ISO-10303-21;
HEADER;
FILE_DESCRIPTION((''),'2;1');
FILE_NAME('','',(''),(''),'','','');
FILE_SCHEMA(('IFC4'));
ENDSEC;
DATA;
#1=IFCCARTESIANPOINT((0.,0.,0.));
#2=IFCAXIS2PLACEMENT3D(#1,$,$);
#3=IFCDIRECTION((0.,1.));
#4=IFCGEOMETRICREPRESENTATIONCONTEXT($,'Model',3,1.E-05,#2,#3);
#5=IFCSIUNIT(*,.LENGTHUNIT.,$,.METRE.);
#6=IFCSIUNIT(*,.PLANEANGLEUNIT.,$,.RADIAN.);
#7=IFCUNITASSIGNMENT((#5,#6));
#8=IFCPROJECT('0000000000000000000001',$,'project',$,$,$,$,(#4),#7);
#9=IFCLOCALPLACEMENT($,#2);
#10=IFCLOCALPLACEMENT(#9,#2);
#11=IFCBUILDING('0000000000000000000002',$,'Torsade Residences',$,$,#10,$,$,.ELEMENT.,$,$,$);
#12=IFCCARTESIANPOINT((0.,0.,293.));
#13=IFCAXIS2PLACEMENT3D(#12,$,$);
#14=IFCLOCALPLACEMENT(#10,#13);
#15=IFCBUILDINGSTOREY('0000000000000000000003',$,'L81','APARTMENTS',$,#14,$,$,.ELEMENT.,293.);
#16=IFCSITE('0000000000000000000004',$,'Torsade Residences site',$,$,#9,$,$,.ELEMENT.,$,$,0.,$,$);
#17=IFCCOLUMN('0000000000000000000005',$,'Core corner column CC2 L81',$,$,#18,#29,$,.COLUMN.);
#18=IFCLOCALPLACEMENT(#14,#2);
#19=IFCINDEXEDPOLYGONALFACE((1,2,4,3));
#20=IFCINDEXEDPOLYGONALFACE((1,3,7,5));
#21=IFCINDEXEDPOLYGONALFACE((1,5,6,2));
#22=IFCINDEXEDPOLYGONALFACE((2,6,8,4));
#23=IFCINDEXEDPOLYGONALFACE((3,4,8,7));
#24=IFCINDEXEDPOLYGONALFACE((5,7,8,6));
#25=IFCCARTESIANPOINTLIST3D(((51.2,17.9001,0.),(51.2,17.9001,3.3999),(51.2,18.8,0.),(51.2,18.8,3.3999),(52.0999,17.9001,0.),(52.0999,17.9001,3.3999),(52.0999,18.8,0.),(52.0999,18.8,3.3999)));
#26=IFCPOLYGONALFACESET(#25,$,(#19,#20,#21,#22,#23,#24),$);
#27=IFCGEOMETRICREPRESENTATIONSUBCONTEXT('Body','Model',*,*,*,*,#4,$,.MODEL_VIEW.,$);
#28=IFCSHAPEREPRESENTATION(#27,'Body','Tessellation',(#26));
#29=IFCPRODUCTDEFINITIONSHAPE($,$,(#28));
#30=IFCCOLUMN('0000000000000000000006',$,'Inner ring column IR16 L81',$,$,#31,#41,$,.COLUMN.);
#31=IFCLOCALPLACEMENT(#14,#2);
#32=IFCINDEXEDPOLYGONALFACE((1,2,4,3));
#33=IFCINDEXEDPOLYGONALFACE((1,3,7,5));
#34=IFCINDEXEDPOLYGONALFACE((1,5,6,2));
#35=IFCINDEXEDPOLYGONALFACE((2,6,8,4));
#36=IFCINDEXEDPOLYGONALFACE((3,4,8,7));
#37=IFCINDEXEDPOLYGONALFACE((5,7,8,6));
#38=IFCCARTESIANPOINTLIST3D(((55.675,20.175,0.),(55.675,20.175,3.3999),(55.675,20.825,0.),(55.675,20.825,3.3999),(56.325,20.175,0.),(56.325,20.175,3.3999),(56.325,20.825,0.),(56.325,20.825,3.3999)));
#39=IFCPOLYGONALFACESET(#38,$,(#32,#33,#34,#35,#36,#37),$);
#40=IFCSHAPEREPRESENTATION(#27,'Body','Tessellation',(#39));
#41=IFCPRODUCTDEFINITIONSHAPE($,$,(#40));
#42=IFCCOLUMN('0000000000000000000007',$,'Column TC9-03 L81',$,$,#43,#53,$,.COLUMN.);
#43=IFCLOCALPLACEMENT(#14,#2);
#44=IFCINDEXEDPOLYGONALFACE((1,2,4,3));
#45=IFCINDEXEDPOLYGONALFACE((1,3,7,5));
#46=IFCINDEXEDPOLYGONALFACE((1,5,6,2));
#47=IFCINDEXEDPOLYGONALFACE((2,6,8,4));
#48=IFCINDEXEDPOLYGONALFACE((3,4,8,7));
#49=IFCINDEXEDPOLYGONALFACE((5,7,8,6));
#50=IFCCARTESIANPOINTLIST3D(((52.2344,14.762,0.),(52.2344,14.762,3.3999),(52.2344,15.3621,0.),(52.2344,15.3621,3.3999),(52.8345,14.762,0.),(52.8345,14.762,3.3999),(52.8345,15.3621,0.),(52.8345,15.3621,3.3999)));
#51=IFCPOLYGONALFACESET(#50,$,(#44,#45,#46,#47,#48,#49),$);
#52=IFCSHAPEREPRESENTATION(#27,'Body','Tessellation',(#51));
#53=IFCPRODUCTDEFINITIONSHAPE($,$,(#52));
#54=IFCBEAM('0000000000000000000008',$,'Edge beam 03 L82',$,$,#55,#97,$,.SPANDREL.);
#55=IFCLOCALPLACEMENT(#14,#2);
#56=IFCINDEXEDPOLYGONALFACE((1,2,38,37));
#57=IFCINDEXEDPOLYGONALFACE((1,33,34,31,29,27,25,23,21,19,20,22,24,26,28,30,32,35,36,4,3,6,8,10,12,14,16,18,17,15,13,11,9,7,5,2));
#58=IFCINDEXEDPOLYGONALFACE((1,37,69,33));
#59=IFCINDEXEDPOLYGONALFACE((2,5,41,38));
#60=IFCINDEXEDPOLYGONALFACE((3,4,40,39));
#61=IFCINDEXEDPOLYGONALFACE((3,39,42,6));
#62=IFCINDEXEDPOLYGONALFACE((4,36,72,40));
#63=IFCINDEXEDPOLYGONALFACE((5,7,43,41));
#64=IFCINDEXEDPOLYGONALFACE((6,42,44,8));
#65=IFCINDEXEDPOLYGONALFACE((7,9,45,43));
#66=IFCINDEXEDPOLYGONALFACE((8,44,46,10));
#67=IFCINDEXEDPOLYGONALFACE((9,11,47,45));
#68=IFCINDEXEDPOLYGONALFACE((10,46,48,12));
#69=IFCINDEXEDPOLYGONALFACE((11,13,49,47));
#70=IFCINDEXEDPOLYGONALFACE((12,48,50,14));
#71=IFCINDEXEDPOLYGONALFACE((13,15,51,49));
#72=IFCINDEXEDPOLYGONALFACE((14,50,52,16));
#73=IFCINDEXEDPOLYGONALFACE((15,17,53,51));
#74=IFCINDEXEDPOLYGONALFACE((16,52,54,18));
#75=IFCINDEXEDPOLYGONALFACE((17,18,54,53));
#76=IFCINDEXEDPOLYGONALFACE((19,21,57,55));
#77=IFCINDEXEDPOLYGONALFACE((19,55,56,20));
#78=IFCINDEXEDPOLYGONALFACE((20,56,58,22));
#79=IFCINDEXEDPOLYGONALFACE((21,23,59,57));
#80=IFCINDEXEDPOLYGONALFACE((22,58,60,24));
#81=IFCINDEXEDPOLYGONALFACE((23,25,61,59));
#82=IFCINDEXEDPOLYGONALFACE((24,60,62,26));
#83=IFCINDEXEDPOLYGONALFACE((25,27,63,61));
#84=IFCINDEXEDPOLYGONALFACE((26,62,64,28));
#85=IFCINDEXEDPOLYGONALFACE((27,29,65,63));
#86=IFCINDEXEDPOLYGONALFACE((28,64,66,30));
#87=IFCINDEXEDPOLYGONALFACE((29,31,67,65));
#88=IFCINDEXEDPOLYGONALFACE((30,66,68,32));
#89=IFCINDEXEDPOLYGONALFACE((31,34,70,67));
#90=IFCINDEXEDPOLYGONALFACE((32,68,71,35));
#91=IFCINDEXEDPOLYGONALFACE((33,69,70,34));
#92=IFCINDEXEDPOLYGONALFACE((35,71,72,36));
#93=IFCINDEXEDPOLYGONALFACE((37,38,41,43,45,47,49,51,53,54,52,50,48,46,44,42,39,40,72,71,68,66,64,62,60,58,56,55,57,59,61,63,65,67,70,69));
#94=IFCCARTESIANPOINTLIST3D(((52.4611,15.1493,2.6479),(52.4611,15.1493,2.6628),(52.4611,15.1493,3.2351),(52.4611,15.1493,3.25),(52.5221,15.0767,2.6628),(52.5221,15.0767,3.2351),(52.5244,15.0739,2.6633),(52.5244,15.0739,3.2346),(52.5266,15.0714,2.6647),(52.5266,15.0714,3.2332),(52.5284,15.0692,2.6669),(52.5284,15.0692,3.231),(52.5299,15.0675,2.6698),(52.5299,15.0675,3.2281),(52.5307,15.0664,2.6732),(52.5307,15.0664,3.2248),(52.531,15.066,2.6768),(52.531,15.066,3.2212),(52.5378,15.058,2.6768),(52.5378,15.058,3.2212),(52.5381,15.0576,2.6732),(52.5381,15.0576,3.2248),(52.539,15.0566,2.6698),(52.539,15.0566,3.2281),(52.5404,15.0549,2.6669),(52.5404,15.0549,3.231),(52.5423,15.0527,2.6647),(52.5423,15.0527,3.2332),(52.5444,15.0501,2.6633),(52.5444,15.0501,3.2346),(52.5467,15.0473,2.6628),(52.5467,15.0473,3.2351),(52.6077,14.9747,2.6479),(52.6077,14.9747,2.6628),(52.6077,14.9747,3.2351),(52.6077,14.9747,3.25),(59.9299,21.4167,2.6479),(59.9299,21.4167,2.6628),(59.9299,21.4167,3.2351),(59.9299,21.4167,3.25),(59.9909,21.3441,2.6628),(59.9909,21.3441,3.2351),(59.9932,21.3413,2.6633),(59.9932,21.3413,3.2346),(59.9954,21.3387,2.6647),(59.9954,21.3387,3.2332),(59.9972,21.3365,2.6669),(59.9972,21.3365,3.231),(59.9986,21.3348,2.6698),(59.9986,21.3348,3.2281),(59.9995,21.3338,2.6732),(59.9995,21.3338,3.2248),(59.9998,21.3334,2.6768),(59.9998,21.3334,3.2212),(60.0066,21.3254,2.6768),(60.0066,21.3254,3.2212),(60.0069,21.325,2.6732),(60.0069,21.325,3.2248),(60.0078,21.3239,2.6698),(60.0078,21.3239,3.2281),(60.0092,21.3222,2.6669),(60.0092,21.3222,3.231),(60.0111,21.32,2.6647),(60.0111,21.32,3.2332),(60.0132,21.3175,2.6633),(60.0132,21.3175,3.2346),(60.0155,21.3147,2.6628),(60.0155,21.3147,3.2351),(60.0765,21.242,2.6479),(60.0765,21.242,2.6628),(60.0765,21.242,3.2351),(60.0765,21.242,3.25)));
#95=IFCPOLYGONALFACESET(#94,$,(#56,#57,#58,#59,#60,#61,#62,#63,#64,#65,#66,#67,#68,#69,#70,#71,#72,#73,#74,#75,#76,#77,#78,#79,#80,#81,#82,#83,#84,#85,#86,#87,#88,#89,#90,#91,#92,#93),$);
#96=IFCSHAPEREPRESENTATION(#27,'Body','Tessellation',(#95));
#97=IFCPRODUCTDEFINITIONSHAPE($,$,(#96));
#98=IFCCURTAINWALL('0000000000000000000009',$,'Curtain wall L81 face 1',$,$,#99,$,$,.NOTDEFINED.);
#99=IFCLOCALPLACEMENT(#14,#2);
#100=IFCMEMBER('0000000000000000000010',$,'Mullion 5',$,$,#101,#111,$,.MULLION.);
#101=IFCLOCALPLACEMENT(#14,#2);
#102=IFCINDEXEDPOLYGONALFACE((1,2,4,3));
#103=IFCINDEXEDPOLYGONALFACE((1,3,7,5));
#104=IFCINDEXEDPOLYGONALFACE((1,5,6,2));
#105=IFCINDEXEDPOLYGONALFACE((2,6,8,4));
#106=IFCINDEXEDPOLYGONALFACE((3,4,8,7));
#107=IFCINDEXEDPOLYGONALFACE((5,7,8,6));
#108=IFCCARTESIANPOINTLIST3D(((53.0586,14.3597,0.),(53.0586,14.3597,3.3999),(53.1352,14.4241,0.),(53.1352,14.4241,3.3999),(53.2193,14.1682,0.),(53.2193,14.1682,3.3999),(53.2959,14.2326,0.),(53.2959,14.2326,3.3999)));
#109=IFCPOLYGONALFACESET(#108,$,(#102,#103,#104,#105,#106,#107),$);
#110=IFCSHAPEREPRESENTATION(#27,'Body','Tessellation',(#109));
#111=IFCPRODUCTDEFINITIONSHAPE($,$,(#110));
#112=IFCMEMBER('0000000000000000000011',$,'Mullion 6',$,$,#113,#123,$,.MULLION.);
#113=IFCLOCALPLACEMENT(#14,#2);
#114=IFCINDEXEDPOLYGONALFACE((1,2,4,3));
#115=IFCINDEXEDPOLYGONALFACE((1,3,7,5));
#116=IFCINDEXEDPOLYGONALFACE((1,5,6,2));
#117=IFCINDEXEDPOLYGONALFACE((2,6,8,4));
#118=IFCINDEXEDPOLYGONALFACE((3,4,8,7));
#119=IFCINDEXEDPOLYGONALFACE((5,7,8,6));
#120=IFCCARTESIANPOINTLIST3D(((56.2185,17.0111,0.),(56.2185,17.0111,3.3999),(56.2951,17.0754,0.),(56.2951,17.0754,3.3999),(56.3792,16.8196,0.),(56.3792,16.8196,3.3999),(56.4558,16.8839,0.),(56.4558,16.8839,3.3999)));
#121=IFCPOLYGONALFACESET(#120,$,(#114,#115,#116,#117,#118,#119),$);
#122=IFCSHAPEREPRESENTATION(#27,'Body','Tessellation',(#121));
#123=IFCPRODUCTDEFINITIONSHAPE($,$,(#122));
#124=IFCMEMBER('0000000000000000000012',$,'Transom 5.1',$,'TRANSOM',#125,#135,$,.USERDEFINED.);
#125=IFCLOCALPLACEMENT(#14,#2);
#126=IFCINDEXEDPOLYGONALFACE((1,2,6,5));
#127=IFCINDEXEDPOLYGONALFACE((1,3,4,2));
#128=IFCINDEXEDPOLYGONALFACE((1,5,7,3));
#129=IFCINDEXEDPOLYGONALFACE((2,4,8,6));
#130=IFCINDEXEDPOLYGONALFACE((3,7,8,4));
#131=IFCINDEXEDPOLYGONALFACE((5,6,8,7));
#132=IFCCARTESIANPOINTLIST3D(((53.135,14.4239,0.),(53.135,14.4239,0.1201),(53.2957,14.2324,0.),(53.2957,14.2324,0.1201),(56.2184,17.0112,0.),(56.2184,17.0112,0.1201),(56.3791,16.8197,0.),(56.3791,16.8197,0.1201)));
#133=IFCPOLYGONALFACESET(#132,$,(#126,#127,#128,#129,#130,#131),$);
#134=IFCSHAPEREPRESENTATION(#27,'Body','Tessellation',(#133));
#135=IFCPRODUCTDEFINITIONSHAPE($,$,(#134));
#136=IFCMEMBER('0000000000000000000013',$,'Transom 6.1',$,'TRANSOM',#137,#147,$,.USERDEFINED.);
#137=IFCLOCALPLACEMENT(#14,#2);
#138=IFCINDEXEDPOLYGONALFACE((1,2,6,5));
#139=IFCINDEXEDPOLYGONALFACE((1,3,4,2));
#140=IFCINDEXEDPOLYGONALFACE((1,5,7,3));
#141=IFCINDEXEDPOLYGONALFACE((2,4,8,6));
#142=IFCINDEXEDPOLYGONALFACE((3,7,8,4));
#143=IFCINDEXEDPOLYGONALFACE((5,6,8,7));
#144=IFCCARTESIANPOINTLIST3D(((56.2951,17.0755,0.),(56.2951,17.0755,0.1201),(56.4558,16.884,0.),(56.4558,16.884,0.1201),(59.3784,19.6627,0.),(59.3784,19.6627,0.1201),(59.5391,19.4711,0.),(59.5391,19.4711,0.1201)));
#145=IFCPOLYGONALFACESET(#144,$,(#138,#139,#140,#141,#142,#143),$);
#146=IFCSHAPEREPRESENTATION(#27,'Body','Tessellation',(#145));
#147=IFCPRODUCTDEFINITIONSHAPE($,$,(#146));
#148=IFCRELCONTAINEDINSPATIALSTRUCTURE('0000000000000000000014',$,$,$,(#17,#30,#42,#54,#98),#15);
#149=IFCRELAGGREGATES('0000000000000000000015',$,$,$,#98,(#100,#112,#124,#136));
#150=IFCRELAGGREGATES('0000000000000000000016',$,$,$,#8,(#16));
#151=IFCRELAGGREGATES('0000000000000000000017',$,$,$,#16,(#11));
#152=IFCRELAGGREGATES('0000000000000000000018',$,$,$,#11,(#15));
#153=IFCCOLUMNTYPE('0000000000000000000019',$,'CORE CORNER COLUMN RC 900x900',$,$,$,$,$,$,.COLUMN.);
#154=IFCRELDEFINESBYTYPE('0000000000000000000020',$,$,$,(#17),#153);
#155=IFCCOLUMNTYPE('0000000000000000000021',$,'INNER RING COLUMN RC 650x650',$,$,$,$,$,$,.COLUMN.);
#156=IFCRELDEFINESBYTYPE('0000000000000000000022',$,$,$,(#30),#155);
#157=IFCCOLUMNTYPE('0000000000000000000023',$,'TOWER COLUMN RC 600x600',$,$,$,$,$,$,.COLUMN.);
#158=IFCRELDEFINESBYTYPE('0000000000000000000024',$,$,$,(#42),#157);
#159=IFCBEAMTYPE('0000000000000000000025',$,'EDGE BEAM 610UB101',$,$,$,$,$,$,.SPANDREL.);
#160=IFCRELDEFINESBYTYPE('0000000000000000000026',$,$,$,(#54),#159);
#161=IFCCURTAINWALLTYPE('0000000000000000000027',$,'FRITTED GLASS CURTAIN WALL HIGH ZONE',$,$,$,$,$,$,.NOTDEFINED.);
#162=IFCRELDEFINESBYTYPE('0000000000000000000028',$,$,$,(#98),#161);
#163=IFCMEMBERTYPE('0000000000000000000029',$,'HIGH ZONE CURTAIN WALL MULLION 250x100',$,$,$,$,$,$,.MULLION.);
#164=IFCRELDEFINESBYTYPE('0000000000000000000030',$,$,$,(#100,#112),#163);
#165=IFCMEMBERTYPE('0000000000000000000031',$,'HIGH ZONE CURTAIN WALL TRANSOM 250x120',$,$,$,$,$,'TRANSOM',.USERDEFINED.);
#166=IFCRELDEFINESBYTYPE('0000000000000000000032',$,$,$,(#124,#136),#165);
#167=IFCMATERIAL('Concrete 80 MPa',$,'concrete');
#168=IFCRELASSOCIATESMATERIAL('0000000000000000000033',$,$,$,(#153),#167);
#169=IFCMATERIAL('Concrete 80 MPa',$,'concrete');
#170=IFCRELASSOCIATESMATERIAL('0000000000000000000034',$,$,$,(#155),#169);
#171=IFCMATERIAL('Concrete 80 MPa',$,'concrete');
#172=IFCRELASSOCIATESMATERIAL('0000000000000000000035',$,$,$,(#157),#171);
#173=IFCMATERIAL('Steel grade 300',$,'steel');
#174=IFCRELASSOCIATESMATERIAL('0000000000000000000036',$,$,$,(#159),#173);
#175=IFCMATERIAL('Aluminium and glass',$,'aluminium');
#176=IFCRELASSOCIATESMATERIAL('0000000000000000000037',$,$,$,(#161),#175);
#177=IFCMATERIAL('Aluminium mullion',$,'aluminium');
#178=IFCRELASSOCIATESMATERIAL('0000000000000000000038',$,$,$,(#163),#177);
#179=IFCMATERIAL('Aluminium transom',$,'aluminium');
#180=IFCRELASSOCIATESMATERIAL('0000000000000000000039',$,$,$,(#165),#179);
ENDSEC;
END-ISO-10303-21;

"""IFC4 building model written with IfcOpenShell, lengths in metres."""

from ifc_helpers import new_model, si_unit, direction, frame, origin, origin_2d, place, context, subcontext, project, spatial, rectangle, i_section, extrude, material, material_profile, profile_set, type_object, element, aggregate, save


model = new_model("IFC4")

# Units and contexts
model_context = context("Model", 3, precision=1e-05, world=origin(), true_north=direction((0.0, 1.0)))
body_context = subcontext(model_context, "Body", "Model", "MODEL_VIEW")
ifc_project = project(units=[si_unit("LENGTHUNIT", "METRE"), si_unit("PLANEANGLEUNIT", "RADIAN")], contexts=[model_context])

# Site, building, storey
site_placement = place(None, origin())
site = spatial("IfcSite", under=ifc_project, at=site_placement, Name="Torsade Residences site", CompositionType="ELEMENT", RefElevation=0.0)
building_placement = place(site_placement, origin())
building = spatial("IfcBuilding", under=site, at=building_placement, Name="Torsade Residences", CompositionType="ELEMENT")
storey_placement = place(building_placement, frame((0.0, 0.0, 293.0)))
storey = spatial("IfcBuildingStorey", under=building, at=storey_placement, Name="L81", Description="APARTMENTS", CompositionType="ELEMENT", Elevation=293.0)

# Columns
ifc_material_1 = material(Name="Concrete 80 MPa", Category="concrete")
ifc_material_profile_1 = material_profile(ifc_material_1, rectangle(XDim=0.8999, YDim=0.8999, at=origin_2d()), Name="RC 900x900")
ifc_profile_set_1 = profile_set([ifc_material_profile_1], Name="Concrete 80 MPa")
column_type_1 = type_object("IfcColumnType", Name="CORE CORNER COLUMN RC 900x900", PredefinedType="COLUMN", material=ifc_profile_set_1)
column_1_placement = place(storey_placement, frame((51.6499, 18.3501, 0.0), z_axis=(0.0, 0.0, 1.0), x_axis=(1.0, 0.0, 0.0)))
element("IfcColumn", 1, at=column_1_placement, inside=storey, type_object=column_type_1, Name="Core corner column CC2 L81", PredefinedType="COLUMN", context=body_context, shape_type="SweptSolid", body=[
    extrude(rectangle(XDim=0.8999, YDim=0.8999, at=origin_2d()), origin(), (0.0, 0.0, 1.0), 3.3999),
])
ifc_material_2 = material(Name="Concrete 80 MPa", Category="concrete")
ifc_material_profile_2 = material_profile(ifc_material_2, rectangle(XDim=0.6499, YDim=0.6499, at=origin_2d()), Name="RC 650x650")
ifc_profile_set_2 = profile_set([ifc_material_profile_2], Name="Concrete 80 MPa")
column_type_2 = type_object("IfcColumnType", Name="INNER RING COLUMN RC 650x650", PredefinedType="COLUMN", material=ifc_profile_set_2)
column_2_placement = place(storey_placement, frame((56.0, 20.5, 0.0), z_axis=(0.0, 0.0, 1.0), x_axis=(1.0, 0.0, 0.0)))
element("IfcColumn", 2, at=column_2_placement, inside=storey, type_object=column_type_2, Name="Inner ring column IR16 L81", PredefinedType="COLUMN", context=body_context, shape_type="SweptSolid", body=[
    extrude(rectangle(XDim=0.6499, YDim=0.6499, at=origin_2d()), origin(), (0.0, 0.0, 1.0), 3.3999),
])
ifc_material_3 = material(Name="Concrete 80 MPa", Category="concrete")
ifc_material_profile_3 = material_profile(ifc_material_3, rectangle(XDim=0.6001, YDim=0.6001, at=origin_2d()), Name="RC 600x600")
ifc_profile_set_3 = profile_set([ifc_material_profile_3], Name="Concrete 80 MPa")
column_type_3 = type_object("IfcColumnType", Name="TOWER COLUMN RC 600x600", PredefinedType="COLUMN", material=ifc_profile_set_3)
column_3_placement = place(storey_placement, frame((52.5344, 15.062, 0.0), z_axis=(0.0, 0.0, 1.0), x_axis=(1.0, 0.0, 0.0)))
element("IfcColumn", 3, at=column_3_placement, inside=storey, type_object=column_type_3, Name="Column TC9-03 L81", PredefinedType="COLUMN", context=body_context, shape_type="SweptSolid", body=[
    extrude(rectangle(XDim=0.6001, YDim=0.6001, at=origin_2d()), origin(), (0.0, 0.0, 1.0), 3.3999),
])

# Beam
ifc_material_4 = material(Name="Steel grade 300", Category="steel")
ifc_material_profile_4 = material_profile(ifc_material_4, i_section(OverallWidth=0.228, OverallDepth=0.6021, WebThickness=0.0105, FlangeThickness=0.0149, FilletRadius=0.0139, at=origin_2d()), Name="610UB101")
ifc_profile_set_4 = profile_set([ifc_material_profile_4], Name="Steel grade 300")
beam_type_1 = type_object("IfcBeamType", Name="EDGE BEAM 610UB101", PredefinedType="SPANDREL", material=ifc_profile_set_4)
beam_1_placement = place(storey_placement, frame((52.5344, 15.062, 2.949), z_axis=(0.766029, 0.642806, 0.0), x_axis=(-0.642806, 0.766029, 0.0)))
element("IfcBeam", 4, at=beam_1_placement, inside=storey, type_object=beam_type_1, Name="Edge beam 03 L82", PredefinedType="SPANDREL", context=body_context, shape_type="SweptSolid", body=[
    extrude(i_section(OverallWidth=0.228, OverallDepth=0.6021, WebThickness=0.0105, FlangeThickness=0.0149, FilletRadius=0.0139, at=origin_2d()), origin(), (0.0, 0.0, 1.0), 9.75),
])

# Curtain wall, members
ifc_material_5 = material(Name="Aluminium and glass", Category="aluminium")
curtain_wall_type = type_object("IfcCurtainWallType", Name="FRITTED GLASS CURTAIN WALL HIGH ZONE", PredefinedType="NOTDEFINED", material=ifc_material_5)
curtain_wall_placement = place(storey_placement, origin())
curtain_wall = element("IfcCurtainWall", 5, at=curtain_wall_placement, inside=storey, type_object=curtain_wall_type, Name="Curtain wall L81 face 1", PredefinedType="NOTDEFINED")
ifc_material_6 = material(Name="Aluminium mullion", Category="aluminium")
ifc_material_profile_5 = material_profile(ifc_material_6, rectangle(XDim=0.25, YDim=0.1001, at=origin_2d()), Name="HIGH ZONE CURTAIN WALL MULLION 250x100")
ifc_profile_set_5 = profile_set([ifc_material_profile_5], Name="Aluminium mullion")
member_type_1 = type_object("IfcMemberType", Name="HIGH ZONE CURTAIN WALL MULLION 250x100", PredefinedType="MULLION", material=ifc_profile_set_5)
member_1_placement = place(storey_placement, frame((53.1772, 14.2961, 0.0), z_axis=(0.0, 0.0, 1.0), x_axis=(-0.642788, 0.766044, 0.0)))
member_1 = element("IfcMember", 6, at=member_1_placement, type_object=member_type_1, Name="Mullion 5", PredefinedType="MULLION", context=body_context, shape_type="SweptSolid", body=[
    extrude(rectangle(XDim=0.25, YDim=0.1001, at=origin_2d()), origin(), (0.0, 0.0, 1.0), 3.3999),
])
member_2_placement = place(storey_placement, frame((56.3372, 16.9475, 0.0), z_axis=(0.0, 0.0, 1.0), x_axis=(-0.642788, 0.766044, 0.0)))
member_2 = element("IfcMember", 7, at=member_2_placement, type_object=member_type_1, Name="Mullion 6", PredefinedType="MULLION", context=body_context, shape_type="SweptSolid", body=[
    extrude(rectangle(XDim=0.25, YDim=0.1001, at=origin_2d()), origin(), (0.0, 0.0, 1.0), 3.3999),
])
ifc_material_7 = material(Name="Aluminium transom", Category="aluminium")
ifc_material_profile_6 = material_profile(ifc_material_7, rectangle(XDim=0.25, YDim=0.1201, at=origin_2d()), Name="HIGH ZONE CURTAIN WALL TRANSOM 250x120")
ifc_profile_set_6 = profile_set([ifc_material_profile_6], Name="Aluminium transom")
member_type_2 = type_object("IfcMemberType", Name="HIGH ZONE CURTAIN WALL TRANSOM 250x120", ElementType="TRANSOM", PredefinedType="USERDEFINED", material=ifc_profile_set_6)
member_3_placement = place(storey_placement, frame((53.2153, 14.3281, 0.0601), z_axis=(0.766039, 0.642794, 0.0), x_axis=(-0.642794, 0.766039, 0.0)))
member_3 = element("IfcMember", 8, at=member_3_placement, type_object=member_type_2, Name="Transom 5.1", ObjectType="TRANSOM", PredefinedType="USERDEFINED", context=body_context, shape_type="SweptSolid", body=[
    extrude(rectangle(XDim=0.25, YDim=0.1201, at=origin_2d()), origin(), (0.0, 0.0, 1.0), 4.0251),
])
member_4_placement = place(storey_placement, frame((56.3755, 16.9797, 0.0601), z_axis=(0.766044, 0.642788, 0.0), x_axis=(-0.642788, 0.766044, 0.0)))
member_4 = element("IfcMember", 9, at=member_4_placement, type_object=member_type_2, Name="Transom 6.1", ObjectType="TRANSOM", PredefinedType="USERDEFINED", context=body_context, shape_type="SweptSolid", body=[
    extrude(rectangle(XDim=0.25, YDim=0.1201, at=origin_2d()), origin(), (0.0, 0.0, 1.0), 4.0249),
])

aggregate(curtain_wall, [member_1, member_2, member_3, member_4])

save(model, "model.ifc")
